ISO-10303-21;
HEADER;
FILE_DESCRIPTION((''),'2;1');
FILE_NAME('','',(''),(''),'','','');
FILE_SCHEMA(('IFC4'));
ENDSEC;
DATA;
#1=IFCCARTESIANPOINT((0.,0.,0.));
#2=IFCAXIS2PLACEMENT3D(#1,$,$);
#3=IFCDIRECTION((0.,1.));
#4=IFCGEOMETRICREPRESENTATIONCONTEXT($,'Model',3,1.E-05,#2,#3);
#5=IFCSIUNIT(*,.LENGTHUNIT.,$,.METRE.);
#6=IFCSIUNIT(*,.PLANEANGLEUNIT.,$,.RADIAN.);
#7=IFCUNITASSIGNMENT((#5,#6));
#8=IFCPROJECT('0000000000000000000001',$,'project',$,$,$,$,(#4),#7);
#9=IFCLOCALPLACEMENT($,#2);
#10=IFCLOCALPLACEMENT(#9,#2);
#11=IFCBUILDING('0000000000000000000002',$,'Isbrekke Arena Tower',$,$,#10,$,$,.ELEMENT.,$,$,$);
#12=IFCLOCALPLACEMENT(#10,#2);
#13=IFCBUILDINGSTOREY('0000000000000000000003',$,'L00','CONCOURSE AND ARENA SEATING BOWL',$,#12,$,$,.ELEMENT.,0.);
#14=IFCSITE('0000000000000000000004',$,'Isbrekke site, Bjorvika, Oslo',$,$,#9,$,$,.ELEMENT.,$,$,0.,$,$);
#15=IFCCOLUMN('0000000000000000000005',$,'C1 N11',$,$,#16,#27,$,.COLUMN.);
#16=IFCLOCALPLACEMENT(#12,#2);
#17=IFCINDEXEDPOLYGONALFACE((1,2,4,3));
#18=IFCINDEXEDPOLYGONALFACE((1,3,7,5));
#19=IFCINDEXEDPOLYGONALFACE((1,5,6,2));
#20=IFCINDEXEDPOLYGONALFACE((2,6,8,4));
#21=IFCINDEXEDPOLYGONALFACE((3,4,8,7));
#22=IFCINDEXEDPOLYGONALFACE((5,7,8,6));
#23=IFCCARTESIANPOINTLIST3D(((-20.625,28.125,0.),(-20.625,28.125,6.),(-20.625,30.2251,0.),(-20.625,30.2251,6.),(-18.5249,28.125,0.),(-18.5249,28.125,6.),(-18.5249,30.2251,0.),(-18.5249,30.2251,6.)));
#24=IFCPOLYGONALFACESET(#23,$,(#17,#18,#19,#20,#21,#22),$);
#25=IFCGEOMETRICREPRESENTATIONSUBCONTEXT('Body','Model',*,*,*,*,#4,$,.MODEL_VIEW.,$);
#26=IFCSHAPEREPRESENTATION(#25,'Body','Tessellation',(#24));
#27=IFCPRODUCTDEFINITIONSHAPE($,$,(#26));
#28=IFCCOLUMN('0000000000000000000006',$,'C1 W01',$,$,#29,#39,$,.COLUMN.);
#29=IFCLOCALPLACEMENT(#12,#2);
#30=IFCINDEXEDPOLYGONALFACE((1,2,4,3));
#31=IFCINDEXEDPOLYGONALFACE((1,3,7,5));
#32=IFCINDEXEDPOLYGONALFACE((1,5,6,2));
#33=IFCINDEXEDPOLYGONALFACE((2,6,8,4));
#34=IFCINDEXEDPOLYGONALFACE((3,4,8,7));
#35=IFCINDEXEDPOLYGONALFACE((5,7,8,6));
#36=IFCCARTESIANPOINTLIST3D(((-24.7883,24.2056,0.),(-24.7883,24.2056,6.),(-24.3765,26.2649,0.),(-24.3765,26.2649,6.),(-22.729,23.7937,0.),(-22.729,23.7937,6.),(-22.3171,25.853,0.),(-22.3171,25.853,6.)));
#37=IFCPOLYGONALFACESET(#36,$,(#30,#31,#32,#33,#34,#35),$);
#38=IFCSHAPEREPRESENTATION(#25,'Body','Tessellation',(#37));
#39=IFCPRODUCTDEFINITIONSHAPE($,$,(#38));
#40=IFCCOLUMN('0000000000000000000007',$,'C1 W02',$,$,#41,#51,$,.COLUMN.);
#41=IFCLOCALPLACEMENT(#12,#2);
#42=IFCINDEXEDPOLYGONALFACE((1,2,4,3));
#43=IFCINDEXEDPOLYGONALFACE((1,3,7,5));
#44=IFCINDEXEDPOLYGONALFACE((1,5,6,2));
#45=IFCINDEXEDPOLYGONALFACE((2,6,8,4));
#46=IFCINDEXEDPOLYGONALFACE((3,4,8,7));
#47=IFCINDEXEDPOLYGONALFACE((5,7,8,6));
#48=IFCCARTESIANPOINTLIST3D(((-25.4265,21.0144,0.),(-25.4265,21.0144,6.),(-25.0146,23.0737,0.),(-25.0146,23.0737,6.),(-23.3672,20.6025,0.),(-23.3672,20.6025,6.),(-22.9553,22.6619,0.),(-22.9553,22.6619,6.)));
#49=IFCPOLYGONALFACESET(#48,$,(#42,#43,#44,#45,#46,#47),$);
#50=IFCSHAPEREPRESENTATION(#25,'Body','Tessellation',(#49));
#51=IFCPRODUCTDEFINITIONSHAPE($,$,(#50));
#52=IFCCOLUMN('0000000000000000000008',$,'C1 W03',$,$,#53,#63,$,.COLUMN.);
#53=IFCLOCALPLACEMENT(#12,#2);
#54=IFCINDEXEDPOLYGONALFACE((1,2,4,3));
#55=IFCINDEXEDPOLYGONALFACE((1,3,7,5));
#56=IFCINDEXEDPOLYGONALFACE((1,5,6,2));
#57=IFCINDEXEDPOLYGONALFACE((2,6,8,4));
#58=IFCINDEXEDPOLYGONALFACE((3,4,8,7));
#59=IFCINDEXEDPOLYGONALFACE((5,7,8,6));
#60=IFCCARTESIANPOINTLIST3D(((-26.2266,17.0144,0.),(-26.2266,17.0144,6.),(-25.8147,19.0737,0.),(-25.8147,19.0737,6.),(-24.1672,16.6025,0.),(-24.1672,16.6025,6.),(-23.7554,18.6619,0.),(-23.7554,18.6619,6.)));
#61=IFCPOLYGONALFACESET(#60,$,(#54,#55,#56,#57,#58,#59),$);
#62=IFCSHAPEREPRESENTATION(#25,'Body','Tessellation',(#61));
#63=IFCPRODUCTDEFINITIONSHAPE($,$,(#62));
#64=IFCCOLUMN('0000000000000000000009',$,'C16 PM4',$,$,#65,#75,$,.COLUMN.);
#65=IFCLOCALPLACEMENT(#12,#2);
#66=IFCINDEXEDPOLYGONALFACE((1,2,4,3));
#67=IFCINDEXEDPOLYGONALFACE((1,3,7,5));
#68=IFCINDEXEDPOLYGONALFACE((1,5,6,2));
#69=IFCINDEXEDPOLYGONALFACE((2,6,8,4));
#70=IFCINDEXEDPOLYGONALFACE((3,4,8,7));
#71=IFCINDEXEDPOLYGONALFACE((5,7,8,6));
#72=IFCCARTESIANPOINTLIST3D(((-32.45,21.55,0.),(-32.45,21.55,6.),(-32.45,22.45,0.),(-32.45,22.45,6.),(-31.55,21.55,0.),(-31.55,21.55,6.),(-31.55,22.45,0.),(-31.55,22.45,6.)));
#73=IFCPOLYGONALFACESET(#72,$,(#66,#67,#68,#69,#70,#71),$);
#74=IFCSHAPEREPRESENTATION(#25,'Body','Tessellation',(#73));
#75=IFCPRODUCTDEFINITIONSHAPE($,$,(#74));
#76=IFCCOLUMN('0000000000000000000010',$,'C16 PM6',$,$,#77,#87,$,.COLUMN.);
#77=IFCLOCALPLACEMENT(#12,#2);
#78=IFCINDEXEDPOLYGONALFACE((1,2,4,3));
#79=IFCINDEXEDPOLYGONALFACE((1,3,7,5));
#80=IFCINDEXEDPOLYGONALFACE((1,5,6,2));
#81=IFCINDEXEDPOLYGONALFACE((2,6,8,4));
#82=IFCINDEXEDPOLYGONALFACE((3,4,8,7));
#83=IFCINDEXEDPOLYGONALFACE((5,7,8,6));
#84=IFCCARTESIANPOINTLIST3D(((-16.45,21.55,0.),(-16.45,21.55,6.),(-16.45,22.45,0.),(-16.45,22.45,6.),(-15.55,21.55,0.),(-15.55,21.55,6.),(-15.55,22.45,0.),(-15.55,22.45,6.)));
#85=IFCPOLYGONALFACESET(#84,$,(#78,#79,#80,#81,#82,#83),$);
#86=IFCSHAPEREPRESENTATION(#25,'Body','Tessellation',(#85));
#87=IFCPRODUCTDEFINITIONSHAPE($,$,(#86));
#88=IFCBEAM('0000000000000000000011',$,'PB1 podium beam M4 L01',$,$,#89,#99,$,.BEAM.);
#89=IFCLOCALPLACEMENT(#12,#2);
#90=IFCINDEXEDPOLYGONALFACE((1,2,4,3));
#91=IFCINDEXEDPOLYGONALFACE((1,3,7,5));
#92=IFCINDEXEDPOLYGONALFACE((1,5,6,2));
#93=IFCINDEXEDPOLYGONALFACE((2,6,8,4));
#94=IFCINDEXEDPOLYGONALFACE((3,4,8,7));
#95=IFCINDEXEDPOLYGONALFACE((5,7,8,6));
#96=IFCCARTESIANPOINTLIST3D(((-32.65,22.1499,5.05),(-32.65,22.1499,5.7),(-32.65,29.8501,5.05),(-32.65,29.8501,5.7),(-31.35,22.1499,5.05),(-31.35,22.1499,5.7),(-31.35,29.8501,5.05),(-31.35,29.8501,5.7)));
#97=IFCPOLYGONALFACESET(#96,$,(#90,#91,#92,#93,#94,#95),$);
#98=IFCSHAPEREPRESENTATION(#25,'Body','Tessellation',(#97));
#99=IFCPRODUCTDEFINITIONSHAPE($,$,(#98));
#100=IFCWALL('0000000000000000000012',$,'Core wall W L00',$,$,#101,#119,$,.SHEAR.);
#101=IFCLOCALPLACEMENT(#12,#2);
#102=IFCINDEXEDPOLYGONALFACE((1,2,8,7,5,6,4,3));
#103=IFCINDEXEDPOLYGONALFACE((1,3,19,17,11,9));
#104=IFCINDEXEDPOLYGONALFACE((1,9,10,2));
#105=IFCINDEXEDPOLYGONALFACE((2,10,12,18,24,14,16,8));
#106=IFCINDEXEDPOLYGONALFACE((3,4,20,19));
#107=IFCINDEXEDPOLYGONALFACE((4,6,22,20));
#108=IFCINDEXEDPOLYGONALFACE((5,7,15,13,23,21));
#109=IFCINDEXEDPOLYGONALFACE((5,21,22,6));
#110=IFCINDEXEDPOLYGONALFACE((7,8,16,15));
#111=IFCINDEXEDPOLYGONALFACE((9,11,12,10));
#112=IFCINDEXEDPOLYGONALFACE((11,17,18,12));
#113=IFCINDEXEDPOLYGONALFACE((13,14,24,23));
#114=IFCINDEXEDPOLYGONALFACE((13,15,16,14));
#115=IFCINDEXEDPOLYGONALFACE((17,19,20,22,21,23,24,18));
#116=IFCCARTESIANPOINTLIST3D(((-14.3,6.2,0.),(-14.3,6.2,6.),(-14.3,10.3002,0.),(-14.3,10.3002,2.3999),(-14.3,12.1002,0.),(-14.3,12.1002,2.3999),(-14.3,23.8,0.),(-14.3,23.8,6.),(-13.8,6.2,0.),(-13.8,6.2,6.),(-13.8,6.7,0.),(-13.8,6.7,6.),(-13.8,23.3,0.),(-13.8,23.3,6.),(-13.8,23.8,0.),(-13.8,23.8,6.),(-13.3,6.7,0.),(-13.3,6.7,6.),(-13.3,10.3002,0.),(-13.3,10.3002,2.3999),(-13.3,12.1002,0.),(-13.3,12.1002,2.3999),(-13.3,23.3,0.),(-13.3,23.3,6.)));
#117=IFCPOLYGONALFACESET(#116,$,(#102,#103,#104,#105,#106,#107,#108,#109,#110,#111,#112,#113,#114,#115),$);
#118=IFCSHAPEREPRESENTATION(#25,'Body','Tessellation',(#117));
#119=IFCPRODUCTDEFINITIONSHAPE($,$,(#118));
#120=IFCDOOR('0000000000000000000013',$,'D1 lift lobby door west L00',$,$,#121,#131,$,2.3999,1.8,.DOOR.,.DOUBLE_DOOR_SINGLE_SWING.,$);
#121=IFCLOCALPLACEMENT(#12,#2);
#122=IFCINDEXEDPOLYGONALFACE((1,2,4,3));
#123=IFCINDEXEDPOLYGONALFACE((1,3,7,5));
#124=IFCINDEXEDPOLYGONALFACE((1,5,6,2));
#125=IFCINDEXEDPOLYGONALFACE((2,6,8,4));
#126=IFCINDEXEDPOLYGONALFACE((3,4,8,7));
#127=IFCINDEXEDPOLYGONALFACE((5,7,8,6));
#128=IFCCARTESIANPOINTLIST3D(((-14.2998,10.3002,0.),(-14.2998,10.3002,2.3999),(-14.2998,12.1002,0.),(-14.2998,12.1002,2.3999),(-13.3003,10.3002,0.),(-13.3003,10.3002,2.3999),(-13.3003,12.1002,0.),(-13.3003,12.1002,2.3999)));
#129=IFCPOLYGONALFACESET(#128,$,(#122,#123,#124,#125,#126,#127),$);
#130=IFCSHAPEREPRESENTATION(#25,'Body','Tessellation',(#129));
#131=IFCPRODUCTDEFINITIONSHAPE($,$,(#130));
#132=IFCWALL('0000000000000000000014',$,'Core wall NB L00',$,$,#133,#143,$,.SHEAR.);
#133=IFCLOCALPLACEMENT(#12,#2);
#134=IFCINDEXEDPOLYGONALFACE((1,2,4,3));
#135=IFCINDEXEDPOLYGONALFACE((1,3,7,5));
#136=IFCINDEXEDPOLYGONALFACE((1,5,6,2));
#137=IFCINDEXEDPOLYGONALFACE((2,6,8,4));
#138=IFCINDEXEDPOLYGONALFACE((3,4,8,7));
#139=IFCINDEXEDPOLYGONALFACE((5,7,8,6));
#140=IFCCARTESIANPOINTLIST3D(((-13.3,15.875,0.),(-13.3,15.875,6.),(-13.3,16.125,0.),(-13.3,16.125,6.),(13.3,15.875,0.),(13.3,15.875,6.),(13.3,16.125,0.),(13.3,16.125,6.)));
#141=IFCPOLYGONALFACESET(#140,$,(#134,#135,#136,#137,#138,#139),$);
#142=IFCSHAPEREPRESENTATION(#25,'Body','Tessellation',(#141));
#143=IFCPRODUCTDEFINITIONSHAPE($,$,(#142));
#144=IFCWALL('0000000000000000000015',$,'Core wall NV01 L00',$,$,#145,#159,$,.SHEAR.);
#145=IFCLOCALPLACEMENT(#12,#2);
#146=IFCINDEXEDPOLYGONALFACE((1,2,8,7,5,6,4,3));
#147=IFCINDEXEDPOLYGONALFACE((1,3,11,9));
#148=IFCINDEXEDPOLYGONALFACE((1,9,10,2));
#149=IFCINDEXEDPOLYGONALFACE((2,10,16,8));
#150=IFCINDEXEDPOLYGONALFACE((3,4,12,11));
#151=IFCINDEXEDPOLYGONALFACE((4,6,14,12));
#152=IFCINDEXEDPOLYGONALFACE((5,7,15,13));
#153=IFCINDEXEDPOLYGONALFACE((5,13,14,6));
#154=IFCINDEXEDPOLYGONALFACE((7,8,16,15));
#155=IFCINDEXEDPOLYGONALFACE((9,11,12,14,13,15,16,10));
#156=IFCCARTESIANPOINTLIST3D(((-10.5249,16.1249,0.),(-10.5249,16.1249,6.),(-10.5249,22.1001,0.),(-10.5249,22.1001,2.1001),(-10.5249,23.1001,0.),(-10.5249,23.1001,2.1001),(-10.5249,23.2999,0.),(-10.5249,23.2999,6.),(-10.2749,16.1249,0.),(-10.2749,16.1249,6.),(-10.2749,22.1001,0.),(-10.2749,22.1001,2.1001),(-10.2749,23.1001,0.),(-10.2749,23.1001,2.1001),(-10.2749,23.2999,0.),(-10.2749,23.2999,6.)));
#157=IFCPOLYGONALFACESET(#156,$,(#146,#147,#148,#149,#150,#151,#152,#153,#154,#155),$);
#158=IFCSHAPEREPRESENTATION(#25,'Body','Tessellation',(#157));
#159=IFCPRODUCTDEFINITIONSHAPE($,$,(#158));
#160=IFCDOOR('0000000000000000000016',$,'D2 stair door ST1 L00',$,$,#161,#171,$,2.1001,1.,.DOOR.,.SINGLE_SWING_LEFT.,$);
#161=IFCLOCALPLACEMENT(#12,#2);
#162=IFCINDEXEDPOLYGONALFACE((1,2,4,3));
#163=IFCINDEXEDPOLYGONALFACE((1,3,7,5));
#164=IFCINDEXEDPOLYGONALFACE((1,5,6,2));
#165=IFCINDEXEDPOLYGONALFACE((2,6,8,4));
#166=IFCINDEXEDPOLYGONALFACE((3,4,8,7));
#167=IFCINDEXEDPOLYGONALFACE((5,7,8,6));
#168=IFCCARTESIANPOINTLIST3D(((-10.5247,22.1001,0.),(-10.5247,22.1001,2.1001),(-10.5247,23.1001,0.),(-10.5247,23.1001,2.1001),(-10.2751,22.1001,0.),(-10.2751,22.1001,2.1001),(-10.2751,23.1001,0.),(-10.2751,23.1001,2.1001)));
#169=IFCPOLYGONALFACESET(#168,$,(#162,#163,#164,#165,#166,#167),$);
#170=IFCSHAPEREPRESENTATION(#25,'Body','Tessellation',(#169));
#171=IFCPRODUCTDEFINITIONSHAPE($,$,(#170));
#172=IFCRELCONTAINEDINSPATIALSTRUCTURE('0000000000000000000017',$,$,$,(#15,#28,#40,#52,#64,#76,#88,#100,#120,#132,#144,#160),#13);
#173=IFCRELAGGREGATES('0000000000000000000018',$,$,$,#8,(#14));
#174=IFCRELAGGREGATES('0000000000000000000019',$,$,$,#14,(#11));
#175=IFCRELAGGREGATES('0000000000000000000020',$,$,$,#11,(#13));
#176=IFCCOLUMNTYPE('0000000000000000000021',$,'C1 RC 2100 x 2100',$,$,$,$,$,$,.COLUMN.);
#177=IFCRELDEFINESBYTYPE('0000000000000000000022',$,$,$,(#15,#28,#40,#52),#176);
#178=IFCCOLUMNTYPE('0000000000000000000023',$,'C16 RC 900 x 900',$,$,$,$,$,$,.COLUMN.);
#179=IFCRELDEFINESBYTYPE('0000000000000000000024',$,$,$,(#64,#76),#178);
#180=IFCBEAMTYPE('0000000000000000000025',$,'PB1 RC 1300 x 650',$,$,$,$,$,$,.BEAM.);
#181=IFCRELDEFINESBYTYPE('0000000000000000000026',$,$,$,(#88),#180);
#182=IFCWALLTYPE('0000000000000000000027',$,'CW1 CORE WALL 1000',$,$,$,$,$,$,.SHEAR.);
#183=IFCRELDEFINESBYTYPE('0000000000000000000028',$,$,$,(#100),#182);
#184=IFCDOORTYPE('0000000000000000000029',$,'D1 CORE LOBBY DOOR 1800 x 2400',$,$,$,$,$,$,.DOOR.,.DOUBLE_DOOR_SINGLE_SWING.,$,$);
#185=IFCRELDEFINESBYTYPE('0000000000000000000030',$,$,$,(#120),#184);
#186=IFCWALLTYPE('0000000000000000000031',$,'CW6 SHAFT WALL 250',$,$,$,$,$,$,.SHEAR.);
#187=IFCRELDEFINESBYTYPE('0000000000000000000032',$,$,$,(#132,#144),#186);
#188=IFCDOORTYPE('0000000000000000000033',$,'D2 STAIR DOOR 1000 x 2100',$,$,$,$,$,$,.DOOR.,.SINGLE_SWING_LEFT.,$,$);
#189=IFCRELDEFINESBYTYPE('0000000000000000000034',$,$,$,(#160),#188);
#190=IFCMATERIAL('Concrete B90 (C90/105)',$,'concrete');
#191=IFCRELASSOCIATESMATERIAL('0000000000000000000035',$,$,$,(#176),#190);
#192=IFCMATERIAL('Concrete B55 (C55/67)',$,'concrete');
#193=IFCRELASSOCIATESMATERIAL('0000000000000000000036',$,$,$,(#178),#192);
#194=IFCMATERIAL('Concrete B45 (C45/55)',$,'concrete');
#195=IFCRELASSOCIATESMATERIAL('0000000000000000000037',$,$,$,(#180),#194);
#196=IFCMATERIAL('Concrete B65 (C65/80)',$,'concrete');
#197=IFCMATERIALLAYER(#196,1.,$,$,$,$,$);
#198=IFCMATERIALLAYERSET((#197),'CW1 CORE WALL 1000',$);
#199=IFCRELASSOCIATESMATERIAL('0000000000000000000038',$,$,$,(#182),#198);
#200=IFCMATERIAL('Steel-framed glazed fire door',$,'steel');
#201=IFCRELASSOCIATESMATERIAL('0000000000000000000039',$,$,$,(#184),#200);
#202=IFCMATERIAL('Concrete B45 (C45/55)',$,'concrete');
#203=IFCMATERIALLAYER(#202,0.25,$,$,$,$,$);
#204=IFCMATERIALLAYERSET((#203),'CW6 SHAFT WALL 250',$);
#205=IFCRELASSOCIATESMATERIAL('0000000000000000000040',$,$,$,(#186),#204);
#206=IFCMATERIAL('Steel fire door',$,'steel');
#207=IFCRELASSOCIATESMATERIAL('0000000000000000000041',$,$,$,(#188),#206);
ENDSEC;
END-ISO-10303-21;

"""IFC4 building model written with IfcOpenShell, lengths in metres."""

from ifc_helpers import new_model, si_unit, direction, frame, frame_2d, origin, origin_2d, place, context, subcontext, project, spatial, polyline, rectangle, outline, extrude, material, layer, layer_set, material_profile, profile_set, type_object, element, fill, save


model = new_model("IFC4")

# Units and contexts
model_context = context("Model", 3, precision=1e-05, world=origin(), true_north=direction((0.0, 1.0)))
body_context = subcontext(model_context, "Body", "Model", "MODEL_VIEW")
ifc_project = project(units=[si_unit("LENGTHUNIT", "METRE"), si_unit("PLANEANGLEUNIT", "RADIAN")], contexts=[model_context])

# Site, building, storey
site_placement = place(None, origin())
site = spatial("IfcSite", under=ifc_project, at=site_placement, Name="Isbrekke site, Bjorvika, Oslo", CompositionType="ELEMENT", RefElevation=0.0)
building_placement = place(site_placement, origin())
building = spatial("IfcBuilding", under=site, at=building_placement, Name="Isbrekke Arena Tower", CompositionType="ELEMENT")
storey_placement = place(building_placement, origin())
storey = spatial("IfcBuildingStorey", under=building, at=storey_placement, Name="L00", Description="CONCOURSE AND ARENA SEATING BOWL", CompositionType="ELEMENT", Elevation=0.0)

# Columns
ifc_material_1 = material(Name="Concrete B90 (C90/105)", Category="concrete")
ifc_material_profile_1 = material_profile(ifc_material_1, rectangle(XDim=2.1001, YDim=2.1001, at=origin_2d()), Name="RC 2100x2100")
ifc_profile_set_1 = profile_set([ifc_material_profile_1], Name="Concrete B90 (C90/105)")
column_type_1 = type_object("IfcColumnType", Name="C1 RC 2100 x 2100", PredefinedType="COLUMN", material=ifc_profile_set_1)
for number, where, z_axis, x_axis, name in (
    (1, (-19.575, 29.175, 0.0), (0.0, 0.0, 1.0), (-1.0, 0.0, 0.0), "C1 N11"),
    (2, (-23.5527, 25.0293, 0.0), (0.0, 0.0, 1.0), (-0.196116, -0.980581, 0.0), "C1 W01"),
    (3, (-24.1909, 21.8381, 0.0), (0.0, 0.0, 1.0), (-0.196116, -0.980581, 0.0), "C1 W02"),
    (4, (-24.991, 17.8381, 0.0), (0.0, 0.0, 1.0), (-0.196116, -0.980581, 0.0), "C1 W03"),
):
    element("IfcColumn", number, at=place(storey_placement, frame(where, z_axis=z_axis, x_axis=x_axis)), inside=storey, type_object=column_type_1, Name=name, PredefinedType="COLUMN", context=body_context, shape_type="SweptSolid", body=[
        extrude(rectangle(XDim=2.1001, YDim=2.1001, at=origin_2d()), origin(), (0.0, 0.0, 1.0), 6.0),
    ])
ifc_material_2 = material(Name="Concrete B55 (C55/67)", Category="concrete")
ifc_material_profile_2 = material_profile(ifc_material_2, rectangle(XDim=0.8999, YDim=0.8999, at=origin_2d()), Name="RC 900x900")
ifc_profile_set_2 = profile_set([ifc_material_profile_2], Name="Concrete B55 (C55/67)")
column_type_2 = type_object("IfcColumnType", Name="C16 RC 900 x 900", PredefinedType="COLUMN", material=ifc_profile_set_2)
for number, where, z_axis, x_axis, name in (
    (5, (-32.0, 22.0, 0.0), (0.0, 0.0, 1.0), (1.0, 0.0, 0.0), "C16 PM4"),
    (6, (-16.0, 22.0, 0.0), (0.0, 0.0, 1.0), (1.0, 0.0, 0.0), "C16 PM6"),
):
    element("IfcColumn", number, at=place(storey_placement, frame(where, z_axis=z_axis, x_axis=x_axis)), inside=storey, type_object=column_type_2, Name=name, PredefinedType="COLUMN", context=body_context, shape_type="SweptSolid", body=[
        extrude(rectangle(XDim=0.8999, YDim=0.8999, at=origin_2d()), origin(), (0.0, 0.0, 1.0), 6.0),
    ])

# Beam
ifc_material_3 = material(Name="Concrete B45 (C45/55)", Category="concrete")
ifc_material_profile_3 = material_profile(ifc_material_3, rectangle(XDim=1.3, YDim=0.6499, at=origin_2d()), Name="RC 1300x650")
ifc_profile_set_3 = profile_set([ifc_material_profile_3], Name="Concrete B45 (C45/55)")
beam_type = type_object("IfcBeamType", Name="PB1 RC 1300 x 650", PredefinedType="BEAM", material=ifc_profile_set_3)
beam_placement = place(storey_placement, frame((-32.0, 22.1499, 5.375), z_axis=(0.0, 1.0, 0.0), x_axis=(-1.0, 0.0, 0.0)))
element("IfcBeam", 7, at=beam_placement, inside=storey, type_object=beam_type, Name="PB1 podium beam M4 L01", PredefinedType="BEAM", context=body_context, shape_type="SweptSolid", body=[
    extrude(rectangle(XDim=1.3, YDim=0.6499, at=origin_2d()), origin(), (0.0, 0.0, 1.0), 7.7002),
])

# Wall, opening, door
ifc_material_4 = material(Name="Concrete B65 (C65/80)", Category="concrete")
ifc_layer_1 = layer(ifc_material_4, 1.0)
ifc_layer_set_1 = layer_set([ifc_layer_1], Name="CW1 CORE WALL 1000")
wall_type_1 = type_object("IfcWallType", Name="CW1 CORE WALL 1000", PredefinedType="SHEAR", material=ifc_layer_set_1)
wall_1_placement = place(storey_placement, frame((-13.8, 23.8, 0.0), z_axis=(0.0, 0.0, 1.0), x_axis=(0.0, -1.0, 0.0)))
wall_1 = element("IfcWall", 8, at=wall_1_placement, inside=storey, type_object=wall_type_1, Name="Core wall W L00", PredefinedType="SHEAR", context=body_context, shape_type="SweptSolid", body=[
    extrude(outline(polyline([(0.0, -0.5), (17.6001, -0.5), (17.6001, 0.0), (17.1001, 0.0), (17.1001, 0.5), (0.5, 0.5), (0.5, 0.0), (0.0, 0.0), (0.0, -0.5)])), origin(), (0.0, 0.0, 1.0), 6.0),
])
opening_1_placement = place(wall_1_placement, frame((11.7, 0.0, 0.0)))
opening_1 = element("IfcOpeningElement", 9, at=opening_1_placement, cuts=wall_1, PredefinedType="OPENING", context=body_context, shape_type="SweptSolid", body=[
    extrude(rectangle(XDim=1.8, YDim=2.3999, at=frame_2d((0.8999, 1.2))), frame((0.0, 0.5149, 0.0), z_axis=(0.0, -1.0, 0.0), x_axis=(1.0, 0.0, 0.0)), (0.0, 0.0, 1.0), 1.0298),
])
ifc_material_5 = material(Name="Steel-framed glazed fire door", Category="steel")
door_type_1 = type_object("IfcDoorType", Name="D1 CORE LOBBY DOOR 1800 x 2400", OperationType="DOUBLE_DOOR_SINGLE_SWING", PredefinedType="DOOR", material=ifc_material_5)
door_1_placement = place(opening_1_placement, origin())
door_1 = element("IfcDoor", 10, at=door_1_placement, inside=storey, type_object=door_type_1, Name="D1 lift lobby door west L00", OperationType="DOUBLE_DOOR_SINGLE_SWING", OverallHeight=2.3999, OverallWidth=1.8, PredefinedType="DOOR", context=body_context, shape_type="SweptSolid", body=[
    extrude(rectangle(XDim=1.8, YDim=2.3999, at=frame_2d((0.8999, 1.2))), frame((0.0, 0.4998, 0.0), z_axis=(0.0, -1.0, 0.0), x_axis=(1.0, 0.0, 0.0)), (0.0, 0.0, 1.0), 0.9995),
])
fill(opening_1, door_1)

# Wall
ifc_material_6 = material(Name="Concrete B45 (C45/55)", Category="concrete")
ifc_layer_2 = layer(ifc_material_6, 0.25)
ifc_layer_set_2 = layer_set([ifc_layer_2], Name="CW6 SHAFT WALL 250")
wall_type_2 = type_object("IfcWallType", Name="CW6 SHAFT WALL 250", PredefinedType="SHEAR", material=ifc_layer_set_2)
wall_2_placement = place(storey_placement, frame((-13.3, 16.0, 0.0), z_axis=(0.0, 0.0, 1.0), x_axis=(1.0, 0.0, 0.0)))
element("IfcWall", 11, at=wall_2_placement, inside=storey, type_object=wall_type_2, Name="Core wall NB L00", PredefinedType="SHEAR", context=body_context, shape_type="SweptSolid", body=[
    extrude(rectangle(XDim=26.6001, YDim=0.25, at=frame_2d((13.3, 0.0))), origin(), (0.0, 0.0, 1.0), 6.0),
])

# Wall, opening, door
wall_3_placement = place(storey_placement, frame((-10.3999, 16.125, 0.0), z_axis=(0.0, 0.0, 1.0), x_axis=(0.0, 1.0, 0.0)))
wall_3 = element("IfcWall", 12, at=wall_3_placement, inside=storey, type_object=wall_type_2, Name="Core wall NV01 L00", PredefinedType="SHEAR", context=body_context, shape_type="SweptSolid", body=[
    extrude(rectangle(XDim=7.175, YDim=0.25, at=frame_2d((3.5874, 0.0))), origin(), (0.0, 0.0, 1.0), 6.0),
])
opening_2_placement = place(wall_3_placement, frame((5.9751, 0.0, 0.0)))
opening_2 = element("IfcOpeningElement", 13, at=opening_2_placement, cuts=wall_3, PredefinedType="OPENING", context=body_context, shape_type="SweptSolid", body=[
    extrude(rectangle(XDim=1.0, YDim=2.1001, at=frame_2d((0.5, 1.05))), frame((0.0, 0.1399, 0.0), z_axis=(0.0, -1.0, 0.0), x_axis=(1.0, 0.0, 0.0)), (0.0, 0.0, 1.0), 0.2798),
])
ifc_material_7 = material(Name="Steel fire door", Category="steel")
door_type_2 = type_object("IfcDoorType", Name="D2 STAIR DOOR 1000 x 2100", OperationType="SINGLE_SWING_LEFT", PredefinedType="DOOR", material=ifc_material_7)
door_2_placement = place(opening_2_placement, origin())
door_2 = element("IfcDoor", 14, at=door_2_placement, inside=storey, type_object=door_type_2, Name="D2 stair door ST1 L00", OperationType="SINGLE_SWING_LEFT", OverallHeight=2.1001, OverallWidth=1.0, PredefinedType="DOOR", context=body_context, shape_type="SweptSolid", body=[
    extrude(rectangle(XDim=1.0, YDim=2.1001, at=frame_2d((0.5, 1.05))), frame((0.0, 0.1248, 0.0), z_axis=(0.0, -1.0, 0.0), x_axis=(1.0, 0.0, 0.0)), (0.0, 0.0, 1.0), 0.2495),
])
fill(opening_2, door_2)

save(model, "model.ifc")
